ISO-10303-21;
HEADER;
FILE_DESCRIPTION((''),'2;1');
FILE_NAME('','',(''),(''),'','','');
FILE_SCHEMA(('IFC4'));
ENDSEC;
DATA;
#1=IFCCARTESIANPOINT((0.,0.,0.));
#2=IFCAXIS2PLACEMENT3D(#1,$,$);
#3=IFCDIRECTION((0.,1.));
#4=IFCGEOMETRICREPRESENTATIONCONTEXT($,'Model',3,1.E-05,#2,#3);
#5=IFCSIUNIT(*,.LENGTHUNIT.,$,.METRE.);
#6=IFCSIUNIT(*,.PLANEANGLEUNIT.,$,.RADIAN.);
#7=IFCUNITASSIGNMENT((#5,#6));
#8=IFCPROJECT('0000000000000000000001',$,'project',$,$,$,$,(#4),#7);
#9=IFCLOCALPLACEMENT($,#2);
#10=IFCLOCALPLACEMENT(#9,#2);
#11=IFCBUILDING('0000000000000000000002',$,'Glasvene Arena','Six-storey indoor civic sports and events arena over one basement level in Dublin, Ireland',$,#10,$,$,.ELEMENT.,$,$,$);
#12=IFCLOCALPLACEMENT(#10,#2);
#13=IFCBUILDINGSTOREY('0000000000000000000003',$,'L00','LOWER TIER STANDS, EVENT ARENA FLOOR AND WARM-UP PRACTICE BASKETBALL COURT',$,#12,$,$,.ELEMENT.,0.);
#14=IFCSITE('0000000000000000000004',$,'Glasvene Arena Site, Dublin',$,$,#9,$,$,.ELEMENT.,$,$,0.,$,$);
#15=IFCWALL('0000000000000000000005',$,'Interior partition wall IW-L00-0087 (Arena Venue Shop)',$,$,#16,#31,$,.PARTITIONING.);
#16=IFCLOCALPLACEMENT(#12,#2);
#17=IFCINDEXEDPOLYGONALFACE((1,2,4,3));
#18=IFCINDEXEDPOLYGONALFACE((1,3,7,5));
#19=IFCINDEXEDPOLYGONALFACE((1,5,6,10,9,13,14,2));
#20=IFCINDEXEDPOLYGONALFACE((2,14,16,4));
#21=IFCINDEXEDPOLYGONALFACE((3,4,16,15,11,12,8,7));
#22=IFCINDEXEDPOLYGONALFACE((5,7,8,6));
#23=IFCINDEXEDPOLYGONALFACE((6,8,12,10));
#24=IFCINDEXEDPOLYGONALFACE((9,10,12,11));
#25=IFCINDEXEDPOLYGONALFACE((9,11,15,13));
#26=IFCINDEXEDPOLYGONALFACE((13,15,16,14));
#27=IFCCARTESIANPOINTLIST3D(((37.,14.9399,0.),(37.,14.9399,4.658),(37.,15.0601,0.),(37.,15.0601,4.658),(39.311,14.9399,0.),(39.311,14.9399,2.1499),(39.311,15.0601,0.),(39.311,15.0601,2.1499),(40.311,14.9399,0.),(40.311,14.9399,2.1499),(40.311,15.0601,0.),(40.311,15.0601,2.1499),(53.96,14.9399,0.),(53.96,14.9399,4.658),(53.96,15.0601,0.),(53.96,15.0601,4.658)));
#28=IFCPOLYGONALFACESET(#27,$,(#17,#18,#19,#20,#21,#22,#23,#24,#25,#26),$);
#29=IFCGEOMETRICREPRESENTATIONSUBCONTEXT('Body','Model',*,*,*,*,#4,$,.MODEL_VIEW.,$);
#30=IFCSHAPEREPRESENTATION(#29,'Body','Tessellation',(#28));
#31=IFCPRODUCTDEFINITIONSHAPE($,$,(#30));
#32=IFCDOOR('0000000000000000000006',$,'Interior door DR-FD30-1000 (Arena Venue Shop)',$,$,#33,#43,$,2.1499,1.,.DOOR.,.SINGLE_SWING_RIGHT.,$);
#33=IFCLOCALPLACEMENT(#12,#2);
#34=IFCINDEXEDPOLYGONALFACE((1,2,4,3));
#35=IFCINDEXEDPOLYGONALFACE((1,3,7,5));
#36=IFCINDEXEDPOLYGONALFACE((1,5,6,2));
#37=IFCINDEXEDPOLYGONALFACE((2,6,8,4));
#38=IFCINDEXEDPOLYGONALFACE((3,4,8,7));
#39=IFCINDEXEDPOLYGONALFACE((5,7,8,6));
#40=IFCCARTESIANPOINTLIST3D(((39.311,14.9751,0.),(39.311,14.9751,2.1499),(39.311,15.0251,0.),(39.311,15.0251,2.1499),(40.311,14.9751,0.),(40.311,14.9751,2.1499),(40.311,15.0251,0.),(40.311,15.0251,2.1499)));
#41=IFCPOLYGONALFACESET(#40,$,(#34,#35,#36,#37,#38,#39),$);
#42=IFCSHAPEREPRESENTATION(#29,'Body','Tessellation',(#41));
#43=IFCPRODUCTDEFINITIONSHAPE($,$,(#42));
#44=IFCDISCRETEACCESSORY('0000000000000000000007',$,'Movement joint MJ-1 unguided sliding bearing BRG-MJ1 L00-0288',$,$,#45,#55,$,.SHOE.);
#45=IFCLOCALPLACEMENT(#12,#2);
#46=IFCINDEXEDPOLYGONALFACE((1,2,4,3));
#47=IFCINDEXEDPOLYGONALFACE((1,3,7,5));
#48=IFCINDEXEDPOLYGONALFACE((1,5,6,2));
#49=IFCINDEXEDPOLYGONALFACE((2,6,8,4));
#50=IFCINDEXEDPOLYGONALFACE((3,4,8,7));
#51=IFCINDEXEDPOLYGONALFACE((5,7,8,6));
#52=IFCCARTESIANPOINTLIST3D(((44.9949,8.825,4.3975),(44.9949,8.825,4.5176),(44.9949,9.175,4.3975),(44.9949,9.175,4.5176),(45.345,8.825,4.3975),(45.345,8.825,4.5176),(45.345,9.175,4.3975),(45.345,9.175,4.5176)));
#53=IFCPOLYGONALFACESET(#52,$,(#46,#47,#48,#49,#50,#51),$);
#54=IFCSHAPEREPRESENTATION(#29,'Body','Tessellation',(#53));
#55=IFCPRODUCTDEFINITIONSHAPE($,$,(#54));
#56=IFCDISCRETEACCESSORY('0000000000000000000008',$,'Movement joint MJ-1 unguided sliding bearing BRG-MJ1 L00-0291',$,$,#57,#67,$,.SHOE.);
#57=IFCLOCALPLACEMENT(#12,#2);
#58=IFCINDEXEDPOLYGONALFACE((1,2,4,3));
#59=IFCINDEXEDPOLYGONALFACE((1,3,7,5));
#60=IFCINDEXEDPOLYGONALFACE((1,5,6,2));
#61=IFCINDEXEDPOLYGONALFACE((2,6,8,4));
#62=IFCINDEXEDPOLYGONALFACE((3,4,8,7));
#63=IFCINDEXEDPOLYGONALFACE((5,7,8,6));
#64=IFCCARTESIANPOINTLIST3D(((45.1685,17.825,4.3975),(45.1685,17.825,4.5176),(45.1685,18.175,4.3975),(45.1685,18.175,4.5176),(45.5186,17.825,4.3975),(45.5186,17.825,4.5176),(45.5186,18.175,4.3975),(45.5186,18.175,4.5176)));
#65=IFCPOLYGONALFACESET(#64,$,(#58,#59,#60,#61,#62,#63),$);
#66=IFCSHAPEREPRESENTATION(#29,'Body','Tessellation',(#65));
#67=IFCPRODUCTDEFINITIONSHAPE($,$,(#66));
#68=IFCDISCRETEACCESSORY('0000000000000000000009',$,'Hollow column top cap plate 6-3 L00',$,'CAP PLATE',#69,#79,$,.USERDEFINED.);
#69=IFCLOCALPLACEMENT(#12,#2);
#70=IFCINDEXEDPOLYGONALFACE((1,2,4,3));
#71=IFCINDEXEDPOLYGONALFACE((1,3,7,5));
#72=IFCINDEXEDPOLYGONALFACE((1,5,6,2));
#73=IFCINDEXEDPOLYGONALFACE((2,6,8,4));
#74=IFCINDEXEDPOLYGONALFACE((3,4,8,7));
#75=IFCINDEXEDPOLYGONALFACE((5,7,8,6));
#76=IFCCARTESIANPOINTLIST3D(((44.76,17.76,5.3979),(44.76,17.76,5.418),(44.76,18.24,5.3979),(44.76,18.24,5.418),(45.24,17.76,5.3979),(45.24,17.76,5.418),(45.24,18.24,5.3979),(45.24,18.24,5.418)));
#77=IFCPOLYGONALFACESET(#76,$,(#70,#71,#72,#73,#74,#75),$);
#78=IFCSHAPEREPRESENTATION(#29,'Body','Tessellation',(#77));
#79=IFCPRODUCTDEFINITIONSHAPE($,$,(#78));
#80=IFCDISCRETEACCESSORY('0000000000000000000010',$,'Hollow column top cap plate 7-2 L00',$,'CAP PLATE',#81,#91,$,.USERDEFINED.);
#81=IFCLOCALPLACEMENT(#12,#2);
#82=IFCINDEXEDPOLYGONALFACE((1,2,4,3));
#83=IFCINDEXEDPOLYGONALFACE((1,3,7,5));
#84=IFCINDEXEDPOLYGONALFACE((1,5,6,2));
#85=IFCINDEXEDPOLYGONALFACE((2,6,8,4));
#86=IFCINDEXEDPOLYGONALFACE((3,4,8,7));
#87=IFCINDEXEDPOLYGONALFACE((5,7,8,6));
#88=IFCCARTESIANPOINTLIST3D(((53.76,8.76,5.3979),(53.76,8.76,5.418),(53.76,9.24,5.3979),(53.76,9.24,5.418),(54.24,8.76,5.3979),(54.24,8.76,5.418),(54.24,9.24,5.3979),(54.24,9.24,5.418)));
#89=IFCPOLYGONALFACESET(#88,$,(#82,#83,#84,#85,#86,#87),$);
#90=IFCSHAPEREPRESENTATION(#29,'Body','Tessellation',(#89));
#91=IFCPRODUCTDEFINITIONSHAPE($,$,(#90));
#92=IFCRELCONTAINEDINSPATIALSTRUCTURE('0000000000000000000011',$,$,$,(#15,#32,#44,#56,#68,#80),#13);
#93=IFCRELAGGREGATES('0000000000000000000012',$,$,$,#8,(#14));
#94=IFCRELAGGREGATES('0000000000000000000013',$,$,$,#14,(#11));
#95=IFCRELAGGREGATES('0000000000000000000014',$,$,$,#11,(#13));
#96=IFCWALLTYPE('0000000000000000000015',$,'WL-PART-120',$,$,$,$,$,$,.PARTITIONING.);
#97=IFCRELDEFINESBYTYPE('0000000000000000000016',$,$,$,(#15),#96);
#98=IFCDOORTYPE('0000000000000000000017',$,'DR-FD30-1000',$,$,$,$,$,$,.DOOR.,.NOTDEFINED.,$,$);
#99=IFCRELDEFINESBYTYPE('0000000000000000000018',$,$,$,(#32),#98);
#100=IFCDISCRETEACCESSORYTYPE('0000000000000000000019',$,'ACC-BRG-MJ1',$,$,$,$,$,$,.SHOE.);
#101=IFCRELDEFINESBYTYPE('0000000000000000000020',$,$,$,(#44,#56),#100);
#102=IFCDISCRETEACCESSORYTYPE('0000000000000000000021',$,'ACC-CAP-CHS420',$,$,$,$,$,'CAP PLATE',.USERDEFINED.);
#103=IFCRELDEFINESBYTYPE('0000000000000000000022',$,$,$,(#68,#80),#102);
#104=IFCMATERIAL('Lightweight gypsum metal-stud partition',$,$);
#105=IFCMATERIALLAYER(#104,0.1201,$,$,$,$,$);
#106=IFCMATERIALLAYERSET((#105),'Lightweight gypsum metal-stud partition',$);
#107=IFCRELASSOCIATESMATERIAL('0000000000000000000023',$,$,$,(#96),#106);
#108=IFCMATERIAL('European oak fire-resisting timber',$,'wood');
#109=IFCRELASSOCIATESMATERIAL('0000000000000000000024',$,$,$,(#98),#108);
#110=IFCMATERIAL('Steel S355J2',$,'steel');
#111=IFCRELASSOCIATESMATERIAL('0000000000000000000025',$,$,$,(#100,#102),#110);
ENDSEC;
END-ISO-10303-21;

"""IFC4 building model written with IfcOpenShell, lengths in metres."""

from ifc_helpers import new_model, si_unit, direction, frame, frame_2d, origin, origin_2d, place, context, subcontext, project, spatial, rectangle, extrude, material, layer, layer_set, type_object, element, fill, save


model = new_model("IFC4")

# Units and contexts
model_context = context("Model", 3, precision=1e-05, world=origin(), true_north=direction((0.0, 1.0)))
body_context = subcontext(model_context, "Body", "Model", "MODEL_VIEW")
ifc_project = project(units=[si_unit("LENGTHUNIT", "METRE"), si_unit("PLANEANGLEUNIT", "RADIAN")], contexts=[model_context])

# Site, building, storey
site_placement = place(None, origin())
site = spatial("IfcSite", under=ifc_project, at=site_placement, Name="Glasvene Arena Site, Dublin", CompositionType="ELEMENT", RefElevation=0.0)
building_placement = place(site_placement, origin())
building = spatial("IfcBuilding", under=site, at=building_placement, Name="Glasvene Arena", Description="Six-storey indoor civic sports and events arena over one basement level in Dublin, Ireland", CompositionType="ELEMENT")
storey_placement = place(building_placement, origin())
storey = spatial("IfcBuildingStorey", under=building, at=storey_placement, Name="L00", Description="LOWER TIER STANDS, EVENT ARENA FLOOR AND WARM-UP PRACTICE BASKETBALL COURT", CompositionType="ELEMENT", Elevation=0.0)

# Shared definitions
ifc_material_1 = material(Name="Steel S355J2", Category="steel")

# Wall, opening, door
ifc_material_2 = material(Name="Lightweight gypsum metal-stud partition")
ifc_layer_1 = layer(ifc_material_2, 0.1201)
ifc_layer_set_1 = layer_set([ifc_layer_1], Name="Lightweight gypsum metal-stud partition")
wall_type_1 = type_object("IfcWallType", Name="WL-PART-120", PredefinedType="PARTITIONING", material=ifc_layer_set_1)
wall_1_placement = place(storey_placement, frame((53.96, 15.0, 0.0), z_axis=(0.0, 0.0, 1.0), x_axis=(-1.0, 0.0, 0.0)))
wall_1 = element("IfcWall", 1, at=wall_1_placement, inside=storey, type_object=wall_type_1, Name="Interior partition wall IW-L00-0087 (Arena Venue Shop)", PredefinedType="PARTITIONING", context=body_context, shape_type="SweptSolid", body=[
    extrude(rectangle(XDim=16.96, YDim=0.1201, at=frame_2d((8.48, 0.0))), origin(), (0.0, 0.0, 1.0), 4.658),
])
opening_1_placement = place(wall_1_placement, frame((13.6489, 0.0, 0.0)))
opening_1 = element("IfcOpeningElement", 2, at=opening_1_placement, cuts=wall_1, PredefinedType="OPENING", context=body_context, shape_type="SweptSolid", body=[
    extrude(rectangle(XDim=1.0, YDim=2.1499, at=frame_2d((0.5, 1.075))), frame((0.0, 0.0701, 0.0), z_axis=(0.0, -1.0, 0.0), x_axis=(1.0, 0.0, 0.0)), (0.0, 0.0, 1.0), 0.1401),
])
ifc_material_3 = material(Name="European oak fire-resisting timber", Category="wood")
door_type_1 = type_object("IfcDoorType", Name="DR-FD30-1000", OperationType="NOTDEFINED", PredefinedType="DOOR", material=ifc_material_3)
door_1_placement = place(opening_1_placement, origin())
door_1 = element("IfcDoor", 3, at=door_1_placement, inside=storey, type_object=door_type_1, Name="Interior door DR-FD30-1000 (Arena Venue Shop)", OperationType="SINGLE_SWING_RIGHT", OverallHeight=2.1499, OverallWidth=1.0, PredefinedType="DOOR", context=body_context, shape_type="SweptSolid", body=[
    extrude(rectangle(XDim=1.0, YDim=2.1499, at=frame_2d((0.5, 1.075))), frame((0.0, 0.0249, 0.0), z_axis=(0.0, -1.0, 0.0), x_axis=(1.0, 0.0, 0.0)), (0.0, 0.0, 1.0), 0.05),
])
fill(opening_1, door_1)

# Discrete accessories
discrete_accessory_type_1 = type_object("IfcDiscreteAccessoryType", Name="ACC-BRG-MJ1", PredefinedType="SHOE", material=ifc_material_1)
for number, where, z_axis, x_axis, name in (
    (4, (45.1699, 9.0, 4.3975), (0.0, 0.0, 1.0), (1.0, 0.0, 0.0), "Movement joint MJ-1 unguided sliding bearing BRG-MJ1 L00-0288"),
    (5, (45.3435, 18.0, 4.3975), (0.0, 0.0, 1.0), (1.0, 0.0, 0.0), "Movement joint MJ-1 unguided sliding bearing BRG-MJ1 L00-0291"),
):
    element("IfcDiscreteAccessory", number, at=place(storey_placement, frame(where, z_axis=z_axis, x_axis=x_axis)), inside=storey, type_object=discrete_accessory_type_1, Name=name, PredefinedType="SHOE", context=body_context, shape_type="SweptSolid", body=[
        extrude(rectangle(XDim=0.3501, YDim=0.3501, at=origin_2d()), origin(), (0.0, 0.0, 1.0), 0.1201),
    ])
discrete_accessory_type_2 = type_object("IfcDiscreteAccessoryType", Name="ACC-CAP-CHS420", ElementType="CAP PLATE", PredefinedType="USERDEFINED", material=ifc_material_1)
for number, where, z_axis, x_axis, name in (
    (6, (45.0, 18.0, 5.3979), (0.0, 0.0, 1.0), (1.0, 0.0, 0.0), "Hollow column top cap plate 6-3 L00"),
    (7, (54.0, 9.0, 5.3979), (0.0, 0.0, 1.0), (1.0, 0.0, 0.0), "Hollow column top cap plate 7-2 L00"),
):
    element("IfcDiscreteAccessory", number, at=place(storey_placement, frame(where, z_axis=z_axis, x_axis=x_axis)), inside=storey, type_object=discrete_accessory_type_2, Name=name, ObjectType="CAP PLATE", PredefinedType="USERDEFINED", context=body_context, shape_type="SweptSolid", body=[
        extrude(rectangle(XDim=0.48, YDim=0.48, at=origin_2d()), origin(), (0.0, 0.0, 1.0), 0.02),
    ])

save(model, "model.ifc")
